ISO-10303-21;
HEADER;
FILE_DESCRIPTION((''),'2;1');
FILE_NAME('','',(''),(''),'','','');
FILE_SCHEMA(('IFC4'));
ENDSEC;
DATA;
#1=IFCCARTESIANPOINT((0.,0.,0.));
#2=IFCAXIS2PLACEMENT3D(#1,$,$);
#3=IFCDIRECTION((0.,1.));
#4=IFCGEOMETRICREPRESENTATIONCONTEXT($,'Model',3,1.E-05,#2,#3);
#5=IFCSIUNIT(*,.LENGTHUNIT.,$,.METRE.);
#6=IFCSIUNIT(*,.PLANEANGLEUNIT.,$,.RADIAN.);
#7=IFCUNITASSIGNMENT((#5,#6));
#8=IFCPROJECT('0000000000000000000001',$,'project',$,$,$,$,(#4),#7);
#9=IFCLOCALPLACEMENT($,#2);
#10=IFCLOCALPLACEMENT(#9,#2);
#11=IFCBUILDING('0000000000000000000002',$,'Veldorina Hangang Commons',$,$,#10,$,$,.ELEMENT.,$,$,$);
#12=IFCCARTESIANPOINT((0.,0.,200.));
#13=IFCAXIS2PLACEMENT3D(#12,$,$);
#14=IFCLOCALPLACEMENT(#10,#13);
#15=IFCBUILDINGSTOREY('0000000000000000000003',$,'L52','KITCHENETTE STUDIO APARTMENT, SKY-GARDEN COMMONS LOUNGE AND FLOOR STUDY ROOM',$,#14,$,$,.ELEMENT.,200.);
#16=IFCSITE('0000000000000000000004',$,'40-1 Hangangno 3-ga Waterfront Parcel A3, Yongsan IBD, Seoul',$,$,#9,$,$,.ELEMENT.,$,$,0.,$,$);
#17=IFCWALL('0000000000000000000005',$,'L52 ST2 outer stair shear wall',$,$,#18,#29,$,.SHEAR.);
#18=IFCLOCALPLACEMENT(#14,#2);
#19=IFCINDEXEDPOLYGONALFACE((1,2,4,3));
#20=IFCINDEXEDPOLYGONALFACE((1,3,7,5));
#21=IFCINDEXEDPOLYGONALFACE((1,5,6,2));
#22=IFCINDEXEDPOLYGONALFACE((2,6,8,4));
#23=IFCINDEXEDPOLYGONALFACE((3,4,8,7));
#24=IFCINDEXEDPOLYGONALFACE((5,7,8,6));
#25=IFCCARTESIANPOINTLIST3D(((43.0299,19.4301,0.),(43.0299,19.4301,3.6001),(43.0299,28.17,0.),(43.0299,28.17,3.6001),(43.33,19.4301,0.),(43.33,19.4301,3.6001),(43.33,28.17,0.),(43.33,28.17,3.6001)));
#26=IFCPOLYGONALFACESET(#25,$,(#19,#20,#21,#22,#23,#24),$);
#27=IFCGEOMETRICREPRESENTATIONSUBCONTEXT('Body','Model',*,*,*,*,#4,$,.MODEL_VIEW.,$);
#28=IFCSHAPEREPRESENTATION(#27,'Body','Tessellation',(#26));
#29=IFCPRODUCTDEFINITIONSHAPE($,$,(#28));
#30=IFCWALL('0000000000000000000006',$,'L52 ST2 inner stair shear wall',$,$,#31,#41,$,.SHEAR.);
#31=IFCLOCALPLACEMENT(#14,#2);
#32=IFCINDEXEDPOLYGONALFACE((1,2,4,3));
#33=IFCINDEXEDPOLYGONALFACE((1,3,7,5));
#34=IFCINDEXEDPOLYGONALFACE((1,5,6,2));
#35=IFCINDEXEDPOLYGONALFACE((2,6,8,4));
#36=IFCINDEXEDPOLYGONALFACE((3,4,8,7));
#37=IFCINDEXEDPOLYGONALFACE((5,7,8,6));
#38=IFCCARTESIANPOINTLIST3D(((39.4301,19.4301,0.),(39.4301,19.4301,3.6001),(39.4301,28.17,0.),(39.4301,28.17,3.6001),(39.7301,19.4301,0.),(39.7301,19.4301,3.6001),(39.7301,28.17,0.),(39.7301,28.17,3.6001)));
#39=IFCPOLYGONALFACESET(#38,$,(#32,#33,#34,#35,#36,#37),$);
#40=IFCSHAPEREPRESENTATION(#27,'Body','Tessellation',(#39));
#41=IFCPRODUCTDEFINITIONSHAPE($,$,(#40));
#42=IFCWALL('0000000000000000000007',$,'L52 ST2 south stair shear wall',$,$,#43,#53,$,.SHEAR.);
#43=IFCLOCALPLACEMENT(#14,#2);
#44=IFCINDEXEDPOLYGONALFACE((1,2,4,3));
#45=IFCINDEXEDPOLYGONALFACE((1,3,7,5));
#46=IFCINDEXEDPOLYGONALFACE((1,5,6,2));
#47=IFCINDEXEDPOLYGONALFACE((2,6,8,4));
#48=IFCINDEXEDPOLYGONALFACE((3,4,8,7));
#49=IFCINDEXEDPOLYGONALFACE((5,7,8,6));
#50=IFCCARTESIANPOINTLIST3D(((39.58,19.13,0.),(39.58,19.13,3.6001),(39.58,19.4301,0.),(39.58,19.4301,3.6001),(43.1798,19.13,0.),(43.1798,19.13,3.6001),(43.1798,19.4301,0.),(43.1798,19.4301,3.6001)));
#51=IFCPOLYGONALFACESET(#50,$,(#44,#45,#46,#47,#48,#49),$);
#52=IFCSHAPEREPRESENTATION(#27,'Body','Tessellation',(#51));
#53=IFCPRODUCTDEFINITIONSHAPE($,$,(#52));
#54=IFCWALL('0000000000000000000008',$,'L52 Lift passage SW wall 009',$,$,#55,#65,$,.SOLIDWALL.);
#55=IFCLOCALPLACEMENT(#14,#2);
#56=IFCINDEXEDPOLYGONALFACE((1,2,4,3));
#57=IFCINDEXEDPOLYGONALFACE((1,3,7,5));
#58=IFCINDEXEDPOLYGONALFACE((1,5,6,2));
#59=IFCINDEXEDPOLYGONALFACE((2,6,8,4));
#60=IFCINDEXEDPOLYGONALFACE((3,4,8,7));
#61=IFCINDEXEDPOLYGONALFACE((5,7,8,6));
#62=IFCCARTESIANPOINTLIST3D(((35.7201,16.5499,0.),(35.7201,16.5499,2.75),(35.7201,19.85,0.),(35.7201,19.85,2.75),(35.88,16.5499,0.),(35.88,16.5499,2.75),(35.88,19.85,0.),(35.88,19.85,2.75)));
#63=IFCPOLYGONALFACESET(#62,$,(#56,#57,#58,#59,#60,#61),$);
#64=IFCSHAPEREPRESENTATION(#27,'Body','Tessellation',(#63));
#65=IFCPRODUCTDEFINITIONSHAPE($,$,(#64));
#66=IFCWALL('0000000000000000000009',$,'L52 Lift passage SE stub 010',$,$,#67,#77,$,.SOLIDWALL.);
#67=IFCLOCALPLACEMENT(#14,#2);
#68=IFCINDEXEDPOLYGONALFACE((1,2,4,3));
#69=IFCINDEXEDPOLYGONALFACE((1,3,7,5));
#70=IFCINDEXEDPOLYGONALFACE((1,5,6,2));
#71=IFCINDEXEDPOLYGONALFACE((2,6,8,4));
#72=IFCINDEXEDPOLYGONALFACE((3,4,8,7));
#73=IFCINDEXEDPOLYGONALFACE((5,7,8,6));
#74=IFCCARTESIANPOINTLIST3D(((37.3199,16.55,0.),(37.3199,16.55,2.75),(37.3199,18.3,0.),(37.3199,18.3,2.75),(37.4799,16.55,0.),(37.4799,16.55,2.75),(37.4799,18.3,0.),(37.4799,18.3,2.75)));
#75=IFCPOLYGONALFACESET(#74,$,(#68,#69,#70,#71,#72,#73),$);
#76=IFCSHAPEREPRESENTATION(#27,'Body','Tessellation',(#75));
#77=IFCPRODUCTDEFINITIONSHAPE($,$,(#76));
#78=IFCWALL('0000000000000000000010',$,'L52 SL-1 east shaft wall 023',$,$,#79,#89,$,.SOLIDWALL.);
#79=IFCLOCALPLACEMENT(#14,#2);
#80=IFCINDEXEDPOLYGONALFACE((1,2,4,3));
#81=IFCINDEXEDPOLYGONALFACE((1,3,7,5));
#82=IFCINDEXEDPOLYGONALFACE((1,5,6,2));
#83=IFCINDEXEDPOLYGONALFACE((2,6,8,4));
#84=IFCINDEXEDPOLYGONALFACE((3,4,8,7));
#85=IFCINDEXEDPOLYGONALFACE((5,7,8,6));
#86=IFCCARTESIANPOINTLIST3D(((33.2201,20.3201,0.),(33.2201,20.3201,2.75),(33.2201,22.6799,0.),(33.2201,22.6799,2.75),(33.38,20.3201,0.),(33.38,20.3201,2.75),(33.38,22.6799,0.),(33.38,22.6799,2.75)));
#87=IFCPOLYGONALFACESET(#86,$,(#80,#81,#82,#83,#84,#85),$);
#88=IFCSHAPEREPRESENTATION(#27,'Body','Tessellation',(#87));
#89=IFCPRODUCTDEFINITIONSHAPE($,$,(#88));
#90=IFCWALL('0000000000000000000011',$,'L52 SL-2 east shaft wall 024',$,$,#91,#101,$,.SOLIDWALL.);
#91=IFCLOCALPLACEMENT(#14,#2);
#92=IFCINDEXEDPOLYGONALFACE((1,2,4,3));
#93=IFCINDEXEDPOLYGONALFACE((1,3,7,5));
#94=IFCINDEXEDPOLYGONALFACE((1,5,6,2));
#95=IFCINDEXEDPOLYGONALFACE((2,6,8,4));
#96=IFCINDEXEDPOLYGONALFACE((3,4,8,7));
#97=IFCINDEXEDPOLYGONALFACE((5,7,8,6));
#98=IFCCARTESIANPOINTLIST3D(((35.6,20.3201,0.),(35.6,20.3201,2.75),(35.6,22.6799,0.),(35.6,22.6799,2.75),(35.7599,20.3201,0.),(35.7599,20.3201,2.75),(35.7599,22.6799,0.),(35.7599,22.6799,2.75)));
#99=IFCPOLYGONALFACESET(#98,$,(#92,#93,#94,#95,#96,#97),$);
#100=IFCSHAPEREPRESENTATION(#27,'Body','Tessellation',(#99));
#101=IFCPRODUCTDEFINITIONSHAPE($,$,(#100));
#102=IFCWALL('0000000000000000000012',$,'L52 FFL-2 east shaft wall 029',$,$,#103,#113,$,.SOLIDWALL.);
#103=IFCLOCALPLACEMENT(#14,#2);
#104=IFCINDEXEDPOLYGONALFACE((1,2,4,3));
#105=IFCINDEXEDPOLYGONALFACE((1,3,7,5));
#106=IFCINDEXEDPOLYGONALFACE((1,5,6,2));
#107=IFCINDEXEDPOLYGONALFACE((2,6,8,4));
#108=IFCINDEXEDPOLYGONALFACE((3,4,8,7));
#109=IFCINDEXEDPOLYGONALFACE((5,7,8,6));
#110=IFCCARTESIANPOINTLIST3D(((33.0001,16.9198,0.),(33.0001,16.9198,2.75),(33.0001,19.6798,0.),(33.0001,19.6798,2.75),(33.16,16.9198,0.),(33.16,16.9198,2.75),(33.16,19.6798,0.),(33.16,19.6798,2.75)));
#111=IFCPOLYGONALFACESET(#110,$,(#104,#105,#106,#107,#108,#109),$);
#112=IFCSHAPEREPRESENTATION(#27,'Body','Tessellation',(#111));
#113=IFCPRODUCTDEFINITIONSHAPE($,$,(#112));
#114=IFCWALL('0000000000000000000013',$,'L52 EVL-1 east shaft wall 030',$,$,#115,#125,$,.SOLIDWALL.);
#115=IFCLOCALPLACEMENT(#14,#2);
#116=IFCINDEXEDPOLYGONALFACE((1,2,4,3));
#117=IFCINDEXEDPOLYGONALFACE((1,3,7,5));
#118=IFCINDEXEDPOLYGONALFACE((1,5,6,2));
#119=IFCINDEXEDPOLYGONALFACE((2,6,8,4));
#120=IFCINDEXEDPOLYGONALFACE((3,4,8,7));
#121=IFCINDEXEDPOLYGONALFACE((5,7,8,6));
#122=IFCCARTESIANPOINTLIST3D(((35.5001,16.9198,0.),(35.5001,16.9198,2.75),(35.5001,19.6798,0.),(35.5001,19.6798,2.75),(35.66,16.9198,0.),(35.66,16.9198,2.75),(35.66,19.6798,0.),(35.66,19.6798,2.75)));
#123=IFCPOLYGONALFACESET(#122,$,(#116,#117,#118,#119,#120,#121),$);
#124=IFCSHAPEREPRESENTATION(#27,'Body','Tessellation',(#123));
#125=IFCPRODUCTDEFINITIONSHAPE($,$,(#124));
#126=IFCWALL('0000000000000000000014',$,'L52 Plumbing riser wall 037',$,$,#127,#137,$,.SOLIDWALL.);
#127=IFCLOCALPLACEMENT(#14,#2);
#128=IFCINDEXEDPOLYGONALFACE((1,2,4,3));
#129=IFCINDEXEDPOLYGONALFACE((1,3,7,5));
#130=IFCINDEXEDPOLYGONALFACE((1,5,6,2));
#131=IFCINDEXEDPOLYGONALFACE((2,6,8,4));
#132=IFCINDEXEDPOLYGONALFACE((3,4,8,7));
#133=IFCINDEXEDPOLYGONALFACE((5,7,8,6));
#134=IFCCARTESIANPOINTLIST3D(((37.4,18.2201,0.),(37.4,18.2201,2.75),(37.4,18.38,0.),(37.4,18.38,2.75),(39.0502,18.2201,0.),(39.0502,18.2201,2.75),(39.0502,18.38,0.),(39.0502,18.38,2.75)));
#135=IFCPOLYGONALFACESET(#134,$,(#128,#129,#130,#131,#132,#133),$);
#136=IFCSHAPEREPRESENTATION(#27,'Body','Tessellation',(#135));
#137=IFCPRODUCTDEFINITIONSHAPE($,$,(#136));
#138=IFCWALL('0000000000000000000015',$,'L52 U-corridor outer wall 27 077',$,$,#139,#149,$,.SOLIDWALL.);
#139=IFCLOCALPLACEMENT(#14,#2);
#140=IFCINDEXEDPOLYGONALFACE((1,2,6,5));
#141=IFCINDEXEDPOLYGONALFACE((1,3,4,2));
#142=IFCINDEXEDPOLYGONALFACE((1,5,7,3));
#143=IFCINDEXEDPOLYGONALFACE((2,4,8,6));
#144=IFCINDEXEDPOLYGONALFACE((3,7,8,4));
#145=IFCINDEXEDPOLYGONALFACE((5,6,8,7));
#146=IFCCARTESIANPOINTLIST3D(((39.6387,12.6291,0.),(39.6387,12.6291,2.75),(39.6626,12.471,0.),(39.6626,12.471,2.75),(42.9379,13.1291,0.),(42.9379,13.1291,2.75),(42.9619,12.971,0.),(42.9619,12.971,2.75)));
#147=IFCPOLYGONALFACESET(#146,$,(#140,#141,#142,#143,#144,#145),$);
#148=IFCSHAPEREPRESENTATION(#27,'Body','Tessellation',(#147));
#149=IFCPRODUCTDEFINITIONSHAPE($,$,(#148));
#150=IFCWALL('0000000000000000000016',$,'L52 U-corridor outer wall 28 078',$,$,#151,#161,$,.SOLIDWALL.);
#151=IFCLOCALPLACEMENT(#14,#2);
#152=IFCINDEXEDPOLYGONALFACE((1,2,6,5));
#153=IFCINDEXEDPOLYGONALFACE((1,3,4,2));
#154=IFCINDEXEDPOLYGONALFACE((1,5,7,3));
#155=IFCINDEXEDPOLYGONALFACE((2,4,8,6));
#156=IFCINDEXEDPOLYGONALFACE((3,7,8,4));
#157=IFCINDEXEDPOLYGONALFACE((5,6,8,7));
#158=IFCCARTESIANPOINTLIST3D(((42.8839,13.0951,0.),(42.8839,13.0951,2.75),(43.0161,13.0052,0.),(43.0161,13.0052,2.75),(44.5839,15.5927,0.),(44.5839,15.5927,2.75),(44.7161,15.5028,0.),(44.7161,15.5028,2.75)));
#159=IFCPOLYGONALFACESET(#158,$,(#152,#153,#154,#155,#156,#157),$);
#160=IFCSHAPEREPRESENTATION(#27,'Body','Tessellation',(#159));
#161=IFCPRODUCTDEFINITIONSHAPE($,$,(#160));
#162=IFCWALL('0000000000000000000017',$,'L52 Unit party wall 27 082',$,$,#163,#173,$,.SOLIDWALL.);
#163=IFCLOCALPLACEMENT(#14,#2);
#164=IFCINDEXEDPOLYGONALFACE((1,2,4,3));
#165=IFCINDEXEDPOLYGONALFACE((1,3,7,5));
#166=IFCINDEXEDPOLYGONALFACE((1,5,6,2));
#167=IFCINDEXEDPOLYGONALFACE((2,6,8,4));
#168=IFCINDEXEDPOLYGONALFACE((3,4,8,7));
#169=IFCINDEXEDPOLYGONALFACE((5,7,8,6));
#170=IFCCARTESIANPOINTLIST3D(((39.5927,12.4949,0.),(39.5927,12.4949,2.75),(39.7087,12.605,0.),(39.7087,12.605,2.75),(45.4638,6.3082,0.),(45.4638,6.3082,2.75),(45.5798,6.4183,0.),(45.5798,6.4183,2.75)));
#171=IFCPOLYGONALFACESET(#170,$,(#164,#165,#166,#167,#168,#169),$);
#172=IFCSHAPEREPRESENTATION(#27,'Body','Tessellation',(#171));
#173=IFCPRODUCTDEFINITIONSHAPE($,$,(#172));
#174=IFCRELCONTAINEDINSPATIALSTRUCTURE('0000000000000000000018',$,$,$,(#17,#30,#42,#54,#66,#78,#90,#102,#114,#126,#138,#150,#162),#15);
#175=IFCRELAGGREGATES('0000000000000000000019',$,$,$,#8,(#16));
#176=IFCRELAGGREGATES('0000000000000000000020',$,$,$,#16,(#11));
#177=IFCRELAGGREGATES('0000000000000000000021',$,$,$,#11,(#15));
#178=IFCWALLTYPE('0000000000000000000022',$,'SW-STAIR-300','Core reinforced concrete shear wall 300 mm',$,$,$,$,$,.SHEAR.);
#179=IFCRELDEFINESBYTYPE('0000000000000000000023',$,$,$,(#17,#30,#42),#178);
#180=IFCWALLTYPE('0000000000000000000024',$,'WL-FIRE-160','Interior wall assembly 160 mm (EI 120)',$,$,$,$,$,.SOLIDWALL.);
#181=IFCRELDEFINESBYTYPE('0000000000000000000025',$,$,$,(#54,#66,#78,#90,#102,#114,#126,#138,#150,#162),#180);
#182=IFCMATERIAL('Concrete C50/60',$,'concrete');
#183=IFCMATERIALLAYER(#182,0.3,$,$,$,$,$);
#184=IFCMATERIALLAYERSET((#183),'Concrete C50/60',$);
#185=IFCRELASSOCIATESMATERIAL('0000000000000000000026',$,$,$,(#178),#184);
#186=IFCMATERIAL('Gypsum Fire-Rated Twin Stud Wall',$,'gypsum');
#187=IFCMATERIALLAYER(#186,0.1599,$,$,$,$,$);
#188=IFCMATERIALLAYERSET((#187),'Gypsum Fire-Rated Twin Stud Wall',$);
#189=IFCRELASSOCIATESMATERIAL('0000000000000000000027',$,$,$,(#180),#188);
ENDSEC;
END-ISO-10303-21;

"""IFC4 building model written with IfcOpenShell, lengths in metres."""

from ifc_helpers import new_model, si_unit, direction, frame, frame_2d, origin, place, context, subcontext, project, spatial, rectangle, extrude, material, layer, layer_set, type_object, element, save


model = new_model("IFC4")

# Units and contexts
model_context = context("Model", 3, precision=1e-05, world=origin(), true_north=direction((0.0, 1.0)))
body_context = subcontext(model_context, "Body", "Model", "MODEL_VIEW")
ifc_project = project(units=[si_unit("LENGTHUNIT", "METRE"), si_unit("PLANEANGLEUNIT", "RADIAN")], contexts=[model_context])

# Site, building, storey
site_placement = place(None, origin())
site = spatial("IfcSite", under=ifc_project, at=site_placement, Name="40-1 Hangangno 3-ga Waterfront Parcel A3, Yongsan IBD, Seoul", CompositionType="ELEMENT", RefElevation=0.0)
building_placement = place(site_placement, origin())
building = spatial("IfcBuilding", under=site, at=building_placement, Name="Veldorina Hangang Commons", CompositionType="ELEMENT")
storey_placement = place(building_placement, frame((0.0, 0.0, 200.0)))
storey = spatial("IfcBuildingStorey", under=building, at=storey_placement, Name="L52", Description="KITCHENETTE STUDIO APARTMENT, SKY-GARDEN COMMONS LOUNGE AND FLOOR STUDY ROOM", CompositionType="ELEMENT", Elevation=200.0)

# Walls
ifc_material_1 = material(Name="Concrete C50/60", Category="concrete")
ifc_layer_1 = layer(ifc_material_1, 0.3)
ifc_layer_set_1 = layer_set([ifc_layer_1], Name="Concrete C50/60")
wall_type_1 = type_object("IfcWallType", Name="SW-STAIR-300", Description="Core reinforced concrete shear wall 300 mm", PredefinedType="SHEAR", material=ifc_layer_set_1)
for number, where, z_axis, x_axis, name in (
    (1, (43.1799, 19.4299, 0.0), (0.0, 0.0, 1.0), (0.0, 1.0, 0.0), "L52 ST2 outer stair shear wall"),
    (2, (39.5801, 19.4299, 0.0), (0.0, 0.0, 1.0), (0.0, 1.0, 0.0), "L52 ST2 inner stair shear wall"),
):
    element("IfcWall", number, at=place(storey_placement, frame(where, z_axis=z_axis, x_axis=x_axis)), inside=storey, type_object=wall_type_1, Name=name, PredefinedType="SHEAR", context=body_context, shape_type="SweptSolid", body=[
        extrude(rectangle(XDim=8.74, YDim=0.3, at=frame_2d((4.3701, 0.0))), origin(), (0.0, 0.0, 1.0), 3.6001),
    ])
wall_1_placement = place(storey_placement, frame((39.5801, 19.28, 0.0), z_axis=(0.0, 0.0, 1.0), x_axis=(1.0, 0.0, 0.0)))
element("IfcWall", 3, at=wall_1_placement, inside=storey, type_object=wall_type_1, Name="L52 ST2 south stair shear wall", PredefinedType="SHEAR", context=body_context, shape_type="SweptSolid", body=[
    extrude(rectangle(XDim=3.5999, YDim=0.3, at=frame_2d((1.7998, 0.0))), origin(), (0.0, 0.0, 1.0), 3.6001),
])
ifc_material_2 = material(Name="Gypsum Fire-Rated Twin Stud Wall", Category="gypsum")
ifc_layer_2 = layer(ifc_material_2, 0.1599)
ifc_layer_set_2 = layer_set([ifc_layer_2], Name="Gypsum Fire-Rated Twin Stud Wall")
wall_type_2 = type_object("IfcWallType", Name="WL-FIRE-160", Description="Interior wall assembly 160 mm (EI 120)", PredefinedType="SOLIDWALL", material=ifc_layer_set_2)
wall_2_placement = place(storey_placement, frame((35.8, 16.55, 0.0), z_axis=(0.0, 0.0, 1.0), x_axis=(0.0, 1.0, 0.0)))
element("IfcWall", 4, at=wall_2_placement, inside=storey, type_object=wall_type_2, Name="L52 Lift passage SW wall 009", PredefinedType="SOLIDWALL", context=body_context, shape_type="SweptSolid", body=[
    extrude(rectangle(XDim=3.3, YDim=0.1599, at=frame_2d((1.6499, 0.0))), origin(), (0.0, 0.0, 1.0), 2.75),
])
wall_3_placement = place(storey_placement, frame((37.3999, 16.55, 0.0), z_axis=(0.0, 0.0, 1.0), x_axis=(0.0, 1.0, 0.0)))
element("IfcWall", 5, at=wall_3_placement, inside=storey, type_object=wall_type_2, Name="L52 Lift passage SE stub 010", PredefinedType="SOLIDWALL", context=body_context, shape_type="SweptSolid", body=[
    extrude(rectangle(XDim=1.75, YDim=0.1599, at=frame_2d((0.875, 0.0))), origin(), (0.0, 0.0, 1.0), 2.75),
])
for number, where, z_axis, x_axis, name in (
    (6, (33.3, 20.3201, 0.0), (0.0, 0.0, 1.0), (0.0, 1.0, 0.0), "L52 SL-1 east shaft wall 023"),
    (7, (35.6799, 20.3201, 0.0), (0.0, 0.0, 1.0), (0.0, 1.0, 0.0), "L52 SL-2 east shaft wall 024"),
):
    element("IfcWall", number, at=place(storey_placement, frame(where, z_axis=z_axis, x_axis=x_axis)), inside=storey, type_object=wall_type_2, Name=name, PredefinedType="SOLIDWALL", context=body_context, shape_type="SweptSolid", body=[
        extrude(rectangle(XDim=2.3599, YDim=0.1599, at=frame_2d((1.1799, 0.0))), origin(), (0.0, 0.0, 1.0), 2.75),
    ])
for number, where, z_axis, x_axis, name in (
    (8, (33.0801, 16.9199, 0.0), (0.0, 0.0, 1.0), (0.0, 1.0, 0.0), "L52 FFL-2 east shaft wall 029"),
    (9, (35.5801, 16.9199, 0.0), (0.0, 0.0, 1.0), (0.0, 1.0, 0.0), "L52 EVL-1 east shaft wall 030"),
):
    element("IfcWall", number, at=place(storey_placement, frame(where, z_axis=z_axis, x_axis=x_axis)), inside=storey, type_object=wall_type_2, Name=name, PredefinedType="SOLIDWALL", context=body_context, shape_type="SweptSolid", body=[
        extrude(rectangle(XDim=2.76, YDim=0.1599, at=frame_2d((1.3799, 0.0))), origin(), (0.0, 0.0, 1.0), 2.75),
    ])
wall_4_placement = place(storey_placement, frame((37.3999, 18.3, 0.0), z_axis=(0.0, 0.0, 1.0), x_axis=(1.0, 0.0, 0.0)))
element("IfcWall", 10, at=wall_4_placement, inside=storey, type_object=wall_type_2, Name="L52 Plumbing riser wall 037", PredefinedType="SOLIDWALL", context=body_context, shape_type="SweptSolid", body=[
    extrude(rectangle(XDim=1.6501, YDim=0.1599, at=frame_2d((0.8252, 0.0))), origin(), (0.0, 0.0, 1.0), 2.75),
])
wall_5_placement = place(storey_placement, frame((39.6506, 12.55, 0.0), z_axis=(0.0, 0.0, 1.0), x_axis=(0.988711, 0.149836, 0.0)))
element("IfcWall", 11, at=wall_5_placement, inside=storey, type_object=wall_type_2, Name="L52 U-corridor outer wall 27 077", PredefinedType="SOLIDWALL", context=body_context, shape_type="SweptSolid", body=[
    extrude(rectangle(XDim=3.3369, YDim=0.1599, at=frame_2d((1.6685, 0.0))), origin(), (0.0, 0.0, 1.0), 2.75),
])
wall_6_placement = place(storey_placement, frame((42.95, 13.05, 0.0), z_axis=(0.0, 0.0, 1.0), x_axis=(0.562675, 0.826678, 0.0)))
element("IfcWall", 12, at=wall_6_placement, inside=storey, type_object=wall_type_2, Name="L52 U-corridor outer wall 28 078", PredefinedType="SOLIDWALL", context=body_context, shape_type="SweptSolid", body=[
    extrude(rectangle(XDim=3.0212, YDim=0.1599, at=frame_2d((1.5107, 0.0))), origin(), (0.0, 0.0, 1.0), 2.75),
])
wall_7_placement = place(storey_placement, frame((39.6506, 12.55, 0.0), z_axis=(0.0, 0.0, 1.0), x_axis=(0.688359, -0.72537, 0.0)))
element("IfcWall", 13, at=wall_7_placement, inside=storey, type_object=wall_type_2, Name="L52 Unit party wall 27 082", PredefinedType="SOLIDWALL", context=body_context, shape_type="SweptSolid", body=[
    extrude(rectangle(XDim=8.5291, YDim=0.1599, at=frame_2d((4.2646, 0.0))), origin(), (0.0, 0.0, 1.0), 2.75),
])

save(model, "model.ifc")
